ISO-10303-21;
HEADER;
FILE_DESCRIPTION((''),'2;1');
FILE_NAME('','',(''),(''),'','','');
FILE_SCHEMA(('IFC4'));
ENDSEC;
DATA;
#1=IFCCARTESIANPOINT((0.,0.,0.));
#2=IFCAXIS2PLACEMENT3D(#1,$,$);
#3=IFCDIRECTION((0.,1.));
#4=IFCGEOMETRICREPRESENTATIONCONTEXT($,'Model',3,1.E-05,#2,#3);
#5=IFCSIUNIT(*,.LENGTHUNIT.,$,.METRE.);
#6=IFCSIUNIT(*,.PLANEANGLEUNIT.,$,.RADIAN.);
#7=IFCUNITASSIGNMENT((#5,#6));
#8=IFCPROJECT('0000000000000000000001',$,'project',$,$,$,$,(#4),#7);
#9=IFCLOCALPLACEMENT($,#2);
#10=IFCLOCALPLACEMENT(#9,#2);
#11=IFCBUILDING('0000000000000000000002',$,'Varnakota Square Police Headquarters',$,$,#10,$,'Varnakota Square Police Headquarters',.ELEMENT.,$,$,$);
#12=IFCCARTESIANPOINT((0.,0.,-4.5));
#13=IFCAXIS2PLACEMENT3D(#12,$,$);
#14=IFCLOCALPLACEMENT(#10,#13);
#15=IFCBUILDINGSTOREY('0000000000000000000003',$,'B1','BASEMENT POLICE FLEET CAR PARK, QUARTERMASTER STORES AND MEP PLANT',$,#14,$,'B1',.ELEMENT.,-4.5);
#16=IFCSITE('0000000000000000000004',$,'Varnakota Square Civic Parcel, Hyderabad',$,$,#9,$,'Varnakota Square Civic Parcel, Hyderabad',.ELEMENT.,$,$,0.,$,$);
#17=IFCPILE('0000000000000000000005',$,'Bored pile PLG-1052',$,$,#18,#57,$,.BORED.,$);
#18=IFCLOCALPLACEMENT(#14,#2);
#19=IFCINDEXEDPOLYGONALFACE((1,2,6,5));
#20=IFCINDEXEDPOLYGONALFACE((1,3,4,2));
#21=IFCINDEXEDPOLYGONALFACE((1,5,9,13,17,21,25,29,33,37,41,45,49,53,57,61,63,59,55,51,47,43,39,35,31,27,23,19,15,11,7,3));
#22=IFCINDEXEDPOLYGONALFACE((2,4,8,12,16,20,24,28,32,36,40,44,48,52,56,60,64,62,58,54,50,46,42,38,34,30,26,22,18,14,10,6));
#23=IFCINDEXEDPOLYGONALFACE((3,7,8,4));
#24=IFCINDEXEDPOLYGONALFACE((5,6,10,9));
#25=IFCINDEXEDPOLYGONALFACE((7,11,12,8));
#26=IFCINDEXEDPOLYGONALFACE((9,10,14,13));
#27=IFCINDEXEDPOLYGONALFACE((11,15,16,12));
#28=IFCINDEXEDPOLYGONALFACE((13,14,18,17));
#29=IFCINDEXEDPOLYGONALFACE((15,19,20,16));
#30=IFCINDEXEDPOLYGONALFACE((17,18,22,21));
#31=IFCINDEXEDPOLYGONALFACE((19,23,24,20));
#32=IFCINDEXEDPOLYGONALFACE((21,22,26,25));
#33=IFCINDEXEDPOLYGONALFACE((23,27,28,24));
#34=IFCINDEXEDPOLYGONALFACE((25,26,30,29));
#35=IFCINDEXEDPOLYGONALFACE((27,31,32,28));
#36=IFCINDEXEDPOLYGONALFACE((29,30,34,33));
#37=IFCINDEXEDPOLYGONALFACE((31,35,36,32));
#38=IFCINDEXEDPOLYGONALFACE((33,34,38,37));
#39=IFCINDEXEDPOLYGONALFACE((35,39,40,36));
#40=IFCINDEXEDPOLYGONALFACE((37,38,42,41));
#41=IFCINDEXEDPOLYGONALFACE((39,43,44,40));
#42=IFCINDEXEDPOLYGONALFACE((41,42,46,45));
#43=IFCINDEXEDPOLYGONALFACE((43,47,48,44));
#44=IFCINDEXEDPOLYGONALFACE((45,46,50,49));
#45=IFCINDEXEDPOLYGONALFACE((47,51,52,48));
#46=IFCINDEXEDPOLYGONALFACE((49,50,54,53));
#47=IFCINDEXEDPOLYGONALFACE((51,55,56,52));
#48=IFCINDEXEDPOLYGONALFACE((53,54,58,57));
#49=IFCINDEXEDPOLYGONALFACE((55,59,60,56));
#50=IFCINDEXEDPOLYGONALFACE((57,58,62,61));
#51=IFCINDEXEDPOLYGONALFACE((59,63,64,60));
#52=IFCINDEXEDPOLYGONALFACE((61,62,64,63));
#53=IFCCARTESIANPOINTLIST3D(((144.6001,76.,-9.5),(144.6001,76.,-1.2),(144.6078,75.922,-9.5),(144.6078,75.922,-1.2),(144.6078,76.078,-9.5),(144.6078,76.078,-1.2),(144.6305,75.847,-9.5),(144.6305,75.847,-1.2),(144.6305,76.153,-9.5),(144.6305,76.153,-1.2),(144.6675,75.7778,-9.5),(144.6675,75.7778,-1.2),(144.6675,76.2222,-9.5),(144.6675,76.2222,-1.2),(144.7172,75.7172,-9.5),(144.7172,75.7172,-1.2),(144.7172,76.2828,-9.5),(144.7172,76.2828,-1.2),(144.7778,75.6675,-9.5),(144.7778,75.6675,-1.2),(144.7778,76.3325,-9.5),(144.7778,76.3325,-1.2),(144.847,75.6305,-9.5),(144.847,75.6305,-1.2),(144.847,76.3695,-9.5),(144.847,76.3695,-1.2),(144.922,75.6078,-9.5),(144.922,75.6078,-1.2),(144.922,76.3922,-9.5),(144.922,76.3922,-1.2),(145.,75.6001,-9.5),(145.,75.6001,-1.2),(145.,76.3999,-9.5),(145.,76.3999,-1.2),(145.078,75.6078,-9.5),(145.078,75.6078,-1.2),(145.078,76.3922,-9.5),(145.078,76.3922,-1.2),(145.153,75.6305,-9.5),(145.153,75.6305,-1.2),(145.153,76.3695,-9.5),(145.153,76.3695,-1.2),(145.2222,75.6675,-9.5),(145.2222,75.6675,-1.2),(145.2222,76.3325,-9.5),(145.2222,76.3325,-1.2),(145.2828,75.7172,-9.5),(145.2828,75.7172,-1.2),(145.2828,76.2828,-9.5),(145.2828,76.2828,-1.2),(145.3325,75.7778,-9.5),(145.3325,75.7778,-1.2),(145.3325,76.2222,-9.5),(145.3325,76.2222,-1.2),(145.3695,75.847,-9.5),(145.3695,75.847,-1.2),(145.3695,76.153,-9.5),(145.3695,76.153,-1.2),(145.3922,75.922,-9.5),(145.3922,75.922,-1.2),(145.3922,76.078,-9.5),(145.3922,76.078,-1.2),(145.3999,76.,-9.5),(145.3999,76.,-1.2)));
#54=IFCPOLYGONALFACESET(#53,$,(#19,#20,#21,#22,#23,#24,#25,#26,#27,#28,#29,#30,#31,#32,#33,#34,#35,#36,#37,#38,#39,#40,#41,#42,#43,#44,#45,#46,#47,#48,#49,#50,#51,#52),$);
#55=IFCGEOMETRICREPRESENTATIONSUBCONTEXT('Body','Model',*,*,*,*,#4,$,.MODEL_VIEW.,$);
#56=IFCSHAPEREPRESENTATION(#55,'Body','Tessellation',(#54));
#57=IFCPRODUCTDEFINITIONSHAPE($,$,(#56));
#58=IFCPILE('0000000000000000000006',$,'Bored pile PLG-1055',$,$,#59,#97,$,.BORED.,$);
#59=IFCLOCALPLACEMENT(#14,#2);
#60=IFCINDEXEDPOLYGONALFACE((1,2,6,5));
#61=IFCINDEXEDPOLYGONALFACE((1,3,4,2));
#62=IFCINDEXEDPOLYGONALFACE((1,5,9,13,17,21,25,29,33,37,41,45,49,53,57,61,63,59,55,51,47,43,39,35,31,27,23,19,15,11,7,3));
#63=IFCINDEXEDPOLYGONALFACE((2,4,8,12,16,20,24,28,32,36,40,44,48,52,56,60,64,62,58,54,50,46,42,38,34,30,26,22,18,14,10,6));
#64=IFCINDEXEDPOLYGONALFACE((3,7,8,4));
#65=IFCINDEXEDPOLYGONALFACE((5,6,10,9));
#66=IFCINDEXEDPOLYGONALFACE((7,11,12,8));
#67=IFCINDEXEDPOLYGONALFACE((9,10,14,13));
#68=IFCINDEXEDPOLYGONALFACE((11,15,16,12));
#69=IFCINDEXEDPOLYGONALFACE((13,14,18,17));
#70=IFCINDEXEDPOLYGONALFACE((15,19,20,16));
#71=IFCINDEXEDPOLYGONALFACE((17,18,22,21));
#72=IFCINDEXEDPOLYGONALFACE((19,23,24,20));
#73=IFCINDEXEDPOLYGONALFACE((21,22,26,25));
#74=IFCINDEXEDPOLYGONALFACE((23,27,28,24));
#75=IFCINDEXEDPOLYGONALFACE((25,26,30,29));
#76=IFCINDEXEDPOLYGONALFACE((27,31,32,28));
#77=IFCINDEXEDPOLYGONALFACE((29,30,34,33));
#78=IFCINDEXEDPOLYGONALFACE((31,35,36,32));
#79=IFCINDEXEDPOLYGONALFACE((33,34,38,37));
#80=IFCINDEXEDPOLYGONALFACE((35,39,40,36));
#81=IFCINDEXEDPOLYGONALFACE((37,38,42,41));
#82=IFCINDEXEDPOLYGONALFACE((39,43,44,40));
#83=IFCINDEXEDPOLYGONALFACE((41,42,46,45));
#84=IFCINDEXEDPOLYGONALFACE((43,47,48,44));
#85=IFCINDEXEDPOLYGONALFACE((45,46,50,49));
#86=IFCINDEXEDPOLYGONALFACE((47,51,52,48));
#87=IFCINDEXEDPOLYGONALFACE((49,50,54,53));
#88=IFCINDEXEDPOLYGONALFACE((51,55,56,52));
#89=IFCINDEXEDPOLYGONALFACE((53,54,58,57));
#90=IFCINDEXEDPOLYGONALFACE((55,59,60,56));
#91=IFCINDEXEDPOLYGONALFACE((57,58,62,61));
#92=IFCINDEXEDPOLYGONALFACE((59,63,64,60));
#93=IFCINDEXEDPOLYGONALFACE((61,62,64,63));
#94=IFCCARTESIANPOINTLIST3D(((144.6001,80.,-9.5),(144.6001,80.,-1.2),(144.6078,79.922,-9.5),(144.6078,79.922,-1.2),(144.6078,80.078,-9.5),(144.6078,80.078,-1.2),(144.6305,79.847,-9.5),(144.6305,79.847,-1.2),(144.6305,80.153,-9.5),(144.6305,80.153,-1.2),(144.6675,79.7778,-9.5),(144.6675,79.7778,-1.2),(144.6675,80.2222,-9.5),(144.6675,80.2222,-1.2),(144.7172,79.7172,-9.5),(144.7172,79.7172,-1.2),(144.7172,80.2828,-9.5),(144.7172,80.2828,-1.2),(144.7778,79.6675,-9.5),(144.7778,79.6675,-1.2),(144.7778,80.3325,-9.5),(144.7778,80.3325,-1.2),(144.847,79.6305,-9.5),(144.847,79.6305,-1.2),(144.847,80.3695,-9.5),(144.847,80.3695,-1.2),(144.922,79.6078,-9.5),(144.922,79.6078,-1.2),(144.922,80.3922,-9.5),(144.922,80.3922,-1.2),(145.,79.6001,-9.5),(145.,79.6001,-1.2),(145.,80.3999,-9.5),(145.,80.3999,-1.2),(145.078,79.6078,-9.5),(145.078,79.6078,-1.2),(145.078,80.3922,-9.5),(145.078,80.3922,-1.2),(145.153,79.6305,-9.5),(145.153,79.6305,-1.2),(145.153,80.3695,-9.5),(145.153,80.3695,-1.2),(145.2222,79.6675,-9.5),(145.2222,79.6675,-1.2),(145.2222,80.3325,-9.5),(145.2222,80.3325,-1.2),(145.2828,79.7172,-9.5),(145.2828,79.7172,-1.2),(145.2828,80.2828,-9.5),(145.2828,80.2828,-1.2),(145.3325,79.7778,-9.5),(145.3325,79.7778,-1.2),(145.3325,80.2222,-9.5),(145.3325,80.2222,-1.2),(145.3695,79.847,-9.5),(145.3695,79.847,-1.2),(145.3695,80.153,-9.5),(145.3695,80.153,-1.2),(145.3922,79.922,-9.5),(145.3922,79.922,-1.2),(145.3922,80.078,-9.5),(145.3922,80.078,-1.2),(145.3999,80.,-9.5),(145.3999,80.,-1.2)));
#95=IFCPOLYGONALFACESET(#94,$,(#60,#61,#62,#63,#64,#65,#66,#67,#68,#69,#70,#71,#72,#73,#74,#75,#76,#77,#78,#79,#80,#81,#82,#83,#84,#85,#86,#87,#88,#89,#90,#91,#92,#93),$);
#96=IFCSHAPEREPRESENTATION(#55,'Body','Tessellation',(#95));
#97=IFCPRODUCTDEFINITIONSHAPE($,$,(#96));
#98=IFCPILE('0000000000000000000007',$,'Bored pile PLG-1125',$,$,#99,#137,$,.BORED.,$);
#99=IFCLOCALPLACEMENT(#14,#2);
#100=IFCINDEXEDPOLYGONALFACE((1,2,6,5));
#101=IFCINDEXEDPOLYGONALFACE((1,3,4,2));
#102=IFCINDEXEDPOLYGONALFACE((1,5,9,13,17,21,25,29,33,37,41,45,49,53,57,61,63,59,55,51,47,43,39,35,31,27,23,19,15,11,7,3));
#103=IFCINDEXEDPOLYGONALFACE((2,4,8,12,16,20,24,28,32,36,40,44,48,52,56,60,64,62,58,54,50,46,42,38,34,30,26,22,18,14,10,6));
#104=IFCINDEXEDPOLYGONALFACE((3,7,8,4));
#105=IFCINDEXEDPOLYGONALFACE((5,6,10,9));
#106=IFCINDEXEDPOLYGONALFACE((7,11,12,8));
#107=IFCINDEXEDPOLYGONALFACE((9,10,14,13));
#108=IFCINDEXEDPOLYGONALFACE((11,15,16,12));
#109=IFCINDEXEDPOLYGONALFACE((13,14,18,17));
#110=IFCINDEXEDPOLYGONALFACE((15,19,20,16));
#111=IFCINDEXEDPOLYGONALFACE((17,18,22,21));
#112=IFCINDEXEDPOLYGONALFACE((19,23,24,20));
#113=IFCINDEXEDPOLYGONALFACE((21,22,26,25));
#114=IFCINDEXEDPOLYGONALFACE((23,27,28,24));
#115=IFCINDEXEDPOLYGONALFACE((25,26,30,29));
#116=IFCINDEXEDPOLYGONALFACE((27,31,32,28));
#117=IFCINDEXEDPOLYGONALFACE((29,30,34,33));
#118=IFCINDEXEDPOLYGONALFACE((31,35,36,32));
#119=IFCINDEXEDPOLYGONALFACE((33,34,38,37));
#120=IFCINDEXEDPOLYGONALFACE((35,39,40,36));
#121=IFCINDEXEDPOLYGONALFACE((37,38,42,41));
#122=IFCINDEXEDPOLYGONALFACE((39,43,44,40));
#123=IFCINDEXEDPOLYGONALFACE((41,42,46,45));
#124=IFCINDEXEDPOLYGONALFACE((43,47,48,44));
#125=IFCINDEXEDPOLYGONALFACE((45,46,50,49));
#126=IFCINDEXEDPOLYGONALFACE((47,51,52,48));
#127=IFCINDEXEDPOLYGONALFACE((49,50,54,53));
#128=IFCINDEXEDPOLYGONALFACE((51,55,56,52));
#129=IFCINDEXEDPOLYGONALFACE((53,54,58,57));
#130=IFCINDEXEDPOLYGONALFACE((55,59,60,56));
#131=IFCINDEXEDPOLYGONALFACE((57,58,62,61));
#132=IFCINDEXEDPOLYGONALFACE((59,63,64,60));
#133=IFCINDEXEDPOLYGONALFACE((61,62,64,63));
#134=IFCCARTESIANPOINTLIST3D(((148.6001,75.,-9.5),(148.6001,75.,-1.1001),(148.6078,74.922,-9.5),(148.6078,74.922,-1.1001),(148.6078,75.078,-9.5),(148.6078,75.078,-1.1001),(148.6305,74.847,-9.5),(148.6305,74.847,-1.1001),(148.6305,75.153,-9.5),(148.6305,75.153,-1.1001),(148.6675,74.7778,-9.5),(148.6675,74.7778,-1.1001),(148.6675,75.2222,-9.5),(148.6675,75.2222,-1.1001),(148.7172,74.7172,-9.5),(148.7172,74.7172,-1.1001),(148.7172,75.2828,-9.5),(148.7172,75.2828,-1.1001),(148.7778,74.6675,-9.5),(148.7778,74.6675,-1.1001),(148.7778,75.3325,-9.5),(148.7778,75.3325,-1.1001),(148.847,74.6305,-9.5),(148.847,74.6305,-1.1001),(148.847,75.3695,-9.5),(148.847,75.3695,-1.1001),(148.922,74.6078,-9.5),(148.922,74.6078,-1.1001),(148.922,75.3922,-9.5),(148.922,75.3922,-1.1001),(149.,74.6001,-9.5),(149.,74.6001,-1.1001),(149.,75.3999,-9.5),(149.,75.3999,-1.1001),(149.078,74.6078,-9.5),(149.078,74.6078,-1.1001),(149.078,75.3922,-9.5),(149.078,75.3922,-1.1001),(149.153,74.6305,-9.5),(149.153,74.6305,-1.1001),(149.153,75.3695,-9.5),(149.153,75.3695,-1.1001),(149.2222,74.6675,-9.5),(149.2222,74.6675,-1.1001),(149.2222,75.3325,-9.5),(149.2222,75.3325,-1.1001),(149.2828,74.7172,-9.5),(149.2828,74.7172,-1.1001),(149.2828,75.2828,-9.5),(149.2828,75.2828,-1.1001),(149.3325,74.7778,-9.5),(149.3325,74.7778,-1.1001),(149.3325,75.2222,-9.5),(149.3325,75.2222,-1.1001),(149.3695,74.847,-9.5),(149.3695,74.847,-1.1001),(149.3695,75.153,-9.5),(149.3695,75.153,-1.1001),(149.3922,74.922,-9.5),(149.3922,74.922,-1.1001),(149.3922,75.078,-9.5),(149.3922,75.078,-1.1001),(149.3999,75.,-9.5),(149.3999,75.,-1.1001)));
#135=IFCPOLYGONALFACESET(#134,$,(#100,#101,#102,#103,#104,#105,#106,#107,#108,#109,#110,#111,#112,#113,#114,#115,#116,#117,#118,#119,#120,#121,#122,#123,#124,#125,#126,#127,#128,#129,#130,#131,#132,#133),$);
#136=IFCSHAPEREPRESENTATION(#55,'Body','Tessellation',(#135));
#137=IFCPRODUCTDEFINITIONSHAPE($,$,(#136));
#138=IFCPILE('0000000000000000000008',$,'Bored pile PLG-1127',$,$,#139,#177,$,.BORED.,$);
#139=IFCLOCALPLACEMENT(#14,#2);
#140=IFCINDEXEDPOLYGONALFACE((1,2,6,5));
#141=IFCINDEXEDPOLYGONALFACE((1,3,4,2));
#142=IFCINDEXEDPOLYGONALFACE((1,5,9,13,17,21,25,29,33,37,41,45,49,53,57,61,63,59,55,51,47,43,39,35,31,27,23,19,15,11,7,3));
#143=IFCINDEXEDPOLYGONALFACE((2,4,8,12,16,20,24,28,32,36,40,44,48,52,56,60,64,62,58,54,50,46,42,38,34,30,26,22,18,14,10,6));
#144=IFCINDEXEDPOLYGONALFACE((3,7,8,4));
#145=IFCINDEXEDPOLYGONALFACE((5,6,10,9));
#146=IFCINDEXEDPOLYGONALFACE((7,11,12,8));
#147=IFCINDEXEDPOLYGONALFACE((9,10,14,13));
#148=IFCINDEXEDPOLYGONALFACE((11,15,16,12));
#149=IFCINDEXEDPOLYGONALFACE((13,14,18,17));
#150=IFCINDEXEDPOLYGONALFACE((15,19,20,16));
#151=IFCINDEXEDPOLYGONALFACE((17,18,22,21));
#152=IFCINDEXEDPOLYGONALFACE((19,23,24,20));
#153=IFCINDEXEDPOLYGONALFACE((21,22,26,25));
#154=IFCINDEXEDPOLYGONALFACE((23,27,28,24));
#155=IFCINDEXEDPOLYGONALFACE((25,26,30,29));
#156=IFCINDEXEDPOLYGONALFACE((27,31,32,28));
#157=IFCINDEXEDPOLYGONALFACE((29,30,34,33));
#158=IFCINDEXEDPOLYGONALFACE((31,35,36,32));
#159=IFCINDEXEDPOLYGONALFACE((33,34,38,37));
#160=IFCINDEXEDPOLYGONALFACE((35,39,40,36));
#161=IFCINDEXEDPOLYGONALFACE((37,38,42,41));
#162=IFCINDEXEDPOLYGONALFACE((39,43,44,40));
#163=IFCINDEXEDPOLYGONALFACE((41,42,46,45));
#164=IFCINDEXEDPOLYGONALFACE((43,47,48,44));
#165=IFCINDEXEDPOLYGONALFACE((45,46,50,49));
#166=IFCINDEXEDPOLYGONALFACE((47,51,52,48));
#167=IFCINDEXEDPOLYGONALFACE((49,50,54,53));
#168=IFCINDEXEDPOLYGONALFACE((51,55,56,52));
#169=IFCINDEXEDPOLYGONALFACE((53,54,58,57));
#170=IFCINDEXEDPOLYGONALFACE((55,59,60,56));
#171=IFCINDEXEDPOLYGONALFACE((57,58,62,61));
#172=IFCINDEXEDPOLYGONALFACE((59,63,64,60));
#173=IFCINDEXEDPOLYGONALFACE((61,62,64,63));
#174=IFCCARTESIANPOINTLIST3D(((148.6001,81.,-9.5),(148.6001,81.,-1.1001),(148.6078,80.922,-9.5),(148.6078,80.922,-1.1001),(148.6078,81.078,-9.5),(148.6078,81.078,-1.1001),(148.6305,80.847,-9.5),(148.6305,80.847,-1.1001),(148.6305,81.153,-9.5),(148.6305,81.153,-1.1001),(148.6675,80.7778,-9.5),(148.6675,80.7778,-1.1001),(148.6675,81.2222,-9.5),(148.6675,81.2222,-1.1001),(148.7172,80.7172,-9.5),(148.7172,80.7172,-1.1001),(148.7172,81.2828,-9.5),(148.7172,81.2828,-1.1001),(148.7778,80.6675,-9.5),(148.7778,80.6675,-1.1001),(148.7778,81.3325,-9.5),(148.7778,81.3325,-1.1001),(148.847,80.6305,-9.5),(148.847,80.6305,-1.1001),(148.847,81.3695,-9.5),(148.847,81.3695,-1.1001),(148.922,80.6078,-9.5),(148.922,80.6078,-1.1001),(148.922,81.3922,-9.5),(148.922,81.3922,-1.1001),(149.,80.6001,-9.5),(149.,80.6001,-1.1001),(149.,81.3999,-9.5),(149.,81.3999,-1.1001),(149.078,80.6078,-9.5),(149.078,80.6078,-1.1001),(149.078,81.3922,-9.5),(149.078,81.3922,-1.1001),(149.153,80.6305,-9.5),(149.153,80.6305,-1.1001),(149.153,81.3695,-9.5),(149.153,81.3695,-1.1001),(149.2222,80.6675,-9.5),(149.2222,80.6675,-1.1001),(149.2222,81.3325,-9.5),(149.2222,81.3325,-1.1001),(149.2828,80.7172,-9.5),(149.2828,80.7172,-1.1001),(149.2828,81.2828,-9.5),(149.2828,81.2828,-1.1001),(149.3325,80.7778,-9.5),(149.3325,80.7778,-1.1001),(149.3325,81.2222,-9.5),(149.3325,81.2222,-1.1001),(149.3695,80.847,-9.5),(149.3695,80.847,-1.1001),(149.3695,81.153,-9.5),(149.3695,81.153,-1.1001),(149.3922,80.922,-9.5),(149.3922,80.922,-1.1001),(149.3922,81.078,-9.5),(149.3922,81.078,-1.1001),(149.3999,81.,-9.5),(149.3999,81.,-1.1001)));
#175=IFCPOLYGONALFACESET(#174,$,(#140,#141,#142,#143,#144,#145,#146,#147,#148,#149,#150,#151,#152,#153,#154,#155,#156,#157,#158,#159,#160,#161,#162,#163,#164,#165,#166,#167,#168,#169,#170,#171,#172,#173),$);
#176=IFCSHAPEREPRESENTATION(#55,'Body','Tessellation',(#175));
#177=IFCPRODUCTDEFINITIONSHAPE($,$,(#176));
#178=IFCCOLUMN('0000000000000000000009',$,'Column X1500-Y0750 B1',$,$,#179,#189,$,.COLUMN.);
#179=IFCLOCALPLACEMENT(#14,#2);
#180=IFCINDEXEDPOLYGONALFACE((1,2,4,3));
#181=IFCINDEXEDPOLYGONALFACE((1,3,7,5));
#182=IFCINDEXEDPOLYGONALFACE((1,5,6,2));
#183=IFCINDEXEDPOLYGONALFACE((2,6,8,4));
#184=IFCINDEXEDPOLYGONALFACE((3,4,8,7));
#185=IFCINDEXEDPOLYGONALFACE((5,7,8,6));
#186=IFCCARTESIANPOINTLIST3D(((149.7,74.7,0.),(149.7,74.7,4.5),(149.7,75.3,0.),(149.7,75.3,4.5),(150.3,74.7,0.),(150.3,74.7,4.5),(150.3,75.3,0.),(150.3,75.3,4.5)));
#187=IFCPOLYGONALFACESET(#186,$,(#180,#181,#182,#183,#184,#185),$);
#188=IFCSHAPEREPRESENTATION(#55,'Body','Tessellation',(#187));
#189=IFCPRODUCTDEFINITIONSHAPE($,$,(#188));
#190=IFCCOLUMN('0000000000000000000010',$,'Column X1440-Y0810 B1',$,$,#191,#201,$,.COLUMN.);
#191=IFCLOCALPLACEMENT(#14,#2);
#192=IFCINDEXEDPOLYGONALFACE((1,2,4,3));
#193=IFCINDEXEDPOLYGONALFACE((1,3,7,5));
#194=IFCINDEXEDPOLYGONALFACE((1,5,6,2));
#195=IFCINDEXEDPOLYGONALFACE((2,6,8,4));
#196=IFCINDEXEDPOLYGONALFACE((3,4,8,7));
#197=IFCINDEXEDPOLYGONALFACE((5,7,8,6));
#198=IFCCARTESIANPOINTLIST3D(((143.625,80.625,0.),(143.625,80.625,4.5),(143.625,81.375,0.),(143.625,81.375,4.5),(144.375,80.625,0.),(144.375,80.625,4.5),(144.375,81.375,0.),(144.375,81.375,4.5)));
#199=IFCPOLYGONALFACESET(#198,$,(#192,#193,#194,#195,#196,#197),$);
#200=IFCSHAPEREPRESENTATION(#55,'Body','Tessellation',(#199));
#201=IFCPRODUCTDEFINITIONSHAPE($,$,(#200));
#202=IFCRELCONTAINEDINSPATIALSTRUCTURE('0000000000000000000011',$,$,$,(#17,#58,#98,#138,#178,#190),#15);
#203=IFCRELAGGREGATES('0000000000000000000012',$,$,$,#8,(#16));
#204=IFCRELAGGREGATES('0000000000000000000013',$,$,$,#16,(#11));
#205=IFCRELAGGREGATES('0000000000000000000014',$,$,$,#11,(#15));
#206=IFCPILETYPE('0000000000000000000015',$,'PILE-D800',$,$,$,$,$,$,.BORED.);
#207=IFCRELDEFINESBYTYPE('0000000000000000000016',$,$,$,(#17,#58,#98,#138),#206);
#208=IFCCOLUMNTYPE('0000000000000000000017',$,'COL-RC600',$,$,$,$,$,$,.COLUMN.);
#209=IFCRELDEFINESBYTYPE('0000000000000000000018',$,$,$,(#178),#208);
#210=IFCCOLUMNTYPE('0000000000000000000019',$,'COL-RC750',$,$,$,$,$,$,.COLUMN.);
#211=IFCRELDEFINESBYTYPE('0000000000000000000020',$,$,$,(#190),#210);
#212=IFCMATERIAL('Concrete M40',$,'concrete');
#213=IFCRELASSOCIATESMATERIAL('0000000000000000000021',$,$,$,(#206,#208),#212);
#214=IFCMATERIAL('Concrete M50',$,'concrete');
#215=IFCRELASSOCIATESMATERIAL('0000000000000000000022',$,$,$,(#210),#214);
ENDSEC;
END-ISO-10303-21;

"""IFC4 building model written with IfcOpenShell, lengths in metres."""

from ifc_helpers import new_model, si_unit, direction, frame, origin, origin_2d, place, context, subcontext, project, spatial, rectangle, circle, extrude, material, material_profile, profile_set, type_object, element, save


model = new_model("IFC4")

# Units and contexts
model_context = context("Model", 3, precision=1e-05, world=origin(), true_north=direction((0.0, 1.0)))
body_context = subcontext(model_context, "Body", "Model", "MODEL_VIEW")
ifc_project = project(units=[si_unit("LENGTHUNIT", "METRE"), si_unit("PLANEANGLEUNIT", "RADIAN")], contexts=[model_context])

# Site, building, storey
site_placement = place(None, origin())
site = spatial("IfcSite", under=ifc_project, at=site_placement, Name="Varnakota Square Civic Parcel, Hyderabad", LongName="Varnakota Square Civic Parcel, Hyderabad", CompositionType="ELEMENT", RefElevation=0.0)
building_placement = place(site_placement, origin())
building = spatial("IfcBuilding", under=site, at=building_placement, Name="Varnakota Square Police Headquarters", LongName="Varnakota Square Police Headquarters", CompositionType="ELEMENT")
storey_placement = place(building_placement, frame((0.0, 0.0, -4.5)))
storey = spatial("IfcBuildingStorey", under=building, at=storey_placement, Name="B1", Description="BASEMENT POLICE FLEET CAR PARK, QUARTERMASTER STORES AND MEP PLANT", LongName="B1", CompositionType="ELEMENT", Elevation=-4.5)

# Shared definitions
ifc_material_1 = material(Name="Concrete M40", Category="concrete")

# Piles
ifc_material_profile_1 = material_profile(ifc_material_1, circle(Radius=0.3999, at=origin_2d()), Name="BORED PILE 800")
ifc_profile_set_1 = profile_set([ifc_material_profile_1], Name="Concrete M40")
pile_type = type_object("IfcPileType", Name="PILE-D800", PredefinedType="BORED", material=ifc_profile_set_1)
for number, where, z_axis, x_axis, name in (
    (1, (145.0, 76.0, -1.2), (0.0, 0.0, -1.0), (1.0, 0.0, 0.0), "Bored pile PLG-1052"),
    (2, (145.0, 80.0, -1.2), (0.0, 0.0, -1.0), (1.0, 0.0, 0.0), "Bored pile PLG-1055"),
):
    element("IfcPile", number, at=place(storey_placement, frame(where, z_axis=z_axis, x_axis=x_axis)), inside=storey, type_object=pile_type, Name=name, PredefinedType="BORED", context=body_context, shape_type="SweptSolid", body=[
        extrude(circle(Radius=0.3999, at=origin_2d()), origin(), (0.0, 0.0, 1.0), 8.3),
    ])
for number, where, z_axis, x_axis, name in (
    (3, (149.0, 75.0, -1.1001), (0.0, 0.0, -1.0), (1.0, 0.0, 0.0), "Bored pile PLG-1125"),
    (4, (149.0, 81.0, -1.1001), (0.0, 0.0, -1.0), (1.0, 0.0, 0.0), "Bored pile PLG-1127"),
):
    element("IfcPile", number, at=place(storey_placement, frame(where, z_axis=z_axis, x_axis=x_axis)), inside=storey, type_object=pile_type, Name=name, PredefinedType="BORED", context=body_context, shape_type="SweptSolid", body=[
        extrude(circle(Radius=0.3999, at=origin_2d()), origin(), (0.0, 0.0, 1.0), 8.3999),
    ])

# Columns
ifc_material_profile_2 = material_profile(ifc_material_1, rectangle(XDim=0.6001, YDim=0.6001, at=origin_2d()), Name="RC 600x600")
ifc_profile_set_2 = profile_set([ifc_material_profile_2], Name="Concrete M40")
column_type_1 = type_object("IfcColumnType", Name="COL-RC600", PredefinedType="COLUMN", material=ifc_profile_set_2)
column_1_placement = place(storey_placement, frame((150.0, 75.0, 0.0), z_axis=(0.0, 0.0, 1.0), x_axis=(1.0, 0.0, 0.0)))
element("IfcColumn", 5, at=column_1_placement, inside=storey, type_object=column_type_1, Name="Column X1500-Y0750 B1", PredefinedType="COLUMN", context=body_context, shape_type="SweptSolid", body=[
    extrude(rectangle(XDim=0.6001, YDim=0.6001, at=origin_2d()), origin(), (0.0, 0.0, 1.0), 4.5),
])
ifc_material_2 = material(Name="Concrete M50", Category="concrete")
ifc_material_profile_3 = material_profile(ifc_material_2, rectangle(XDim=0.75, YDim=0.75, at=origin_2d()), Name="RC 750x750")
ifc_profile_set_3 = profile_set([ifc_material_profile_3], Name="Concrete M50")
column_type_2 = type_object("IfcColumnType", Name="COL-RC750", PredefinedType="COLUMN", material=ifc_profile_set_3)
column_2_placement = place(storey_placement, frame((144.0, 81.0, 0.0), z_axis=(0.0, 0.0, 1.0), x_axis=(1.0, 0.0, 0.0)))
element("IfcColumn", 6, at=column_2_placement, inside=storey, type_object=column_type_2, Name="Column X1440-Y0810 B1", PredefinedType="COLUMN", context=body_context, shape_type="SweptSolid", body=[
    extrude(rectangle(XDim=0.75, YDim=0.75, at=origin_2d()), origin(), (0.0, 0.0, 1.0), 4.5),
])

save(model, "model.ifc")
